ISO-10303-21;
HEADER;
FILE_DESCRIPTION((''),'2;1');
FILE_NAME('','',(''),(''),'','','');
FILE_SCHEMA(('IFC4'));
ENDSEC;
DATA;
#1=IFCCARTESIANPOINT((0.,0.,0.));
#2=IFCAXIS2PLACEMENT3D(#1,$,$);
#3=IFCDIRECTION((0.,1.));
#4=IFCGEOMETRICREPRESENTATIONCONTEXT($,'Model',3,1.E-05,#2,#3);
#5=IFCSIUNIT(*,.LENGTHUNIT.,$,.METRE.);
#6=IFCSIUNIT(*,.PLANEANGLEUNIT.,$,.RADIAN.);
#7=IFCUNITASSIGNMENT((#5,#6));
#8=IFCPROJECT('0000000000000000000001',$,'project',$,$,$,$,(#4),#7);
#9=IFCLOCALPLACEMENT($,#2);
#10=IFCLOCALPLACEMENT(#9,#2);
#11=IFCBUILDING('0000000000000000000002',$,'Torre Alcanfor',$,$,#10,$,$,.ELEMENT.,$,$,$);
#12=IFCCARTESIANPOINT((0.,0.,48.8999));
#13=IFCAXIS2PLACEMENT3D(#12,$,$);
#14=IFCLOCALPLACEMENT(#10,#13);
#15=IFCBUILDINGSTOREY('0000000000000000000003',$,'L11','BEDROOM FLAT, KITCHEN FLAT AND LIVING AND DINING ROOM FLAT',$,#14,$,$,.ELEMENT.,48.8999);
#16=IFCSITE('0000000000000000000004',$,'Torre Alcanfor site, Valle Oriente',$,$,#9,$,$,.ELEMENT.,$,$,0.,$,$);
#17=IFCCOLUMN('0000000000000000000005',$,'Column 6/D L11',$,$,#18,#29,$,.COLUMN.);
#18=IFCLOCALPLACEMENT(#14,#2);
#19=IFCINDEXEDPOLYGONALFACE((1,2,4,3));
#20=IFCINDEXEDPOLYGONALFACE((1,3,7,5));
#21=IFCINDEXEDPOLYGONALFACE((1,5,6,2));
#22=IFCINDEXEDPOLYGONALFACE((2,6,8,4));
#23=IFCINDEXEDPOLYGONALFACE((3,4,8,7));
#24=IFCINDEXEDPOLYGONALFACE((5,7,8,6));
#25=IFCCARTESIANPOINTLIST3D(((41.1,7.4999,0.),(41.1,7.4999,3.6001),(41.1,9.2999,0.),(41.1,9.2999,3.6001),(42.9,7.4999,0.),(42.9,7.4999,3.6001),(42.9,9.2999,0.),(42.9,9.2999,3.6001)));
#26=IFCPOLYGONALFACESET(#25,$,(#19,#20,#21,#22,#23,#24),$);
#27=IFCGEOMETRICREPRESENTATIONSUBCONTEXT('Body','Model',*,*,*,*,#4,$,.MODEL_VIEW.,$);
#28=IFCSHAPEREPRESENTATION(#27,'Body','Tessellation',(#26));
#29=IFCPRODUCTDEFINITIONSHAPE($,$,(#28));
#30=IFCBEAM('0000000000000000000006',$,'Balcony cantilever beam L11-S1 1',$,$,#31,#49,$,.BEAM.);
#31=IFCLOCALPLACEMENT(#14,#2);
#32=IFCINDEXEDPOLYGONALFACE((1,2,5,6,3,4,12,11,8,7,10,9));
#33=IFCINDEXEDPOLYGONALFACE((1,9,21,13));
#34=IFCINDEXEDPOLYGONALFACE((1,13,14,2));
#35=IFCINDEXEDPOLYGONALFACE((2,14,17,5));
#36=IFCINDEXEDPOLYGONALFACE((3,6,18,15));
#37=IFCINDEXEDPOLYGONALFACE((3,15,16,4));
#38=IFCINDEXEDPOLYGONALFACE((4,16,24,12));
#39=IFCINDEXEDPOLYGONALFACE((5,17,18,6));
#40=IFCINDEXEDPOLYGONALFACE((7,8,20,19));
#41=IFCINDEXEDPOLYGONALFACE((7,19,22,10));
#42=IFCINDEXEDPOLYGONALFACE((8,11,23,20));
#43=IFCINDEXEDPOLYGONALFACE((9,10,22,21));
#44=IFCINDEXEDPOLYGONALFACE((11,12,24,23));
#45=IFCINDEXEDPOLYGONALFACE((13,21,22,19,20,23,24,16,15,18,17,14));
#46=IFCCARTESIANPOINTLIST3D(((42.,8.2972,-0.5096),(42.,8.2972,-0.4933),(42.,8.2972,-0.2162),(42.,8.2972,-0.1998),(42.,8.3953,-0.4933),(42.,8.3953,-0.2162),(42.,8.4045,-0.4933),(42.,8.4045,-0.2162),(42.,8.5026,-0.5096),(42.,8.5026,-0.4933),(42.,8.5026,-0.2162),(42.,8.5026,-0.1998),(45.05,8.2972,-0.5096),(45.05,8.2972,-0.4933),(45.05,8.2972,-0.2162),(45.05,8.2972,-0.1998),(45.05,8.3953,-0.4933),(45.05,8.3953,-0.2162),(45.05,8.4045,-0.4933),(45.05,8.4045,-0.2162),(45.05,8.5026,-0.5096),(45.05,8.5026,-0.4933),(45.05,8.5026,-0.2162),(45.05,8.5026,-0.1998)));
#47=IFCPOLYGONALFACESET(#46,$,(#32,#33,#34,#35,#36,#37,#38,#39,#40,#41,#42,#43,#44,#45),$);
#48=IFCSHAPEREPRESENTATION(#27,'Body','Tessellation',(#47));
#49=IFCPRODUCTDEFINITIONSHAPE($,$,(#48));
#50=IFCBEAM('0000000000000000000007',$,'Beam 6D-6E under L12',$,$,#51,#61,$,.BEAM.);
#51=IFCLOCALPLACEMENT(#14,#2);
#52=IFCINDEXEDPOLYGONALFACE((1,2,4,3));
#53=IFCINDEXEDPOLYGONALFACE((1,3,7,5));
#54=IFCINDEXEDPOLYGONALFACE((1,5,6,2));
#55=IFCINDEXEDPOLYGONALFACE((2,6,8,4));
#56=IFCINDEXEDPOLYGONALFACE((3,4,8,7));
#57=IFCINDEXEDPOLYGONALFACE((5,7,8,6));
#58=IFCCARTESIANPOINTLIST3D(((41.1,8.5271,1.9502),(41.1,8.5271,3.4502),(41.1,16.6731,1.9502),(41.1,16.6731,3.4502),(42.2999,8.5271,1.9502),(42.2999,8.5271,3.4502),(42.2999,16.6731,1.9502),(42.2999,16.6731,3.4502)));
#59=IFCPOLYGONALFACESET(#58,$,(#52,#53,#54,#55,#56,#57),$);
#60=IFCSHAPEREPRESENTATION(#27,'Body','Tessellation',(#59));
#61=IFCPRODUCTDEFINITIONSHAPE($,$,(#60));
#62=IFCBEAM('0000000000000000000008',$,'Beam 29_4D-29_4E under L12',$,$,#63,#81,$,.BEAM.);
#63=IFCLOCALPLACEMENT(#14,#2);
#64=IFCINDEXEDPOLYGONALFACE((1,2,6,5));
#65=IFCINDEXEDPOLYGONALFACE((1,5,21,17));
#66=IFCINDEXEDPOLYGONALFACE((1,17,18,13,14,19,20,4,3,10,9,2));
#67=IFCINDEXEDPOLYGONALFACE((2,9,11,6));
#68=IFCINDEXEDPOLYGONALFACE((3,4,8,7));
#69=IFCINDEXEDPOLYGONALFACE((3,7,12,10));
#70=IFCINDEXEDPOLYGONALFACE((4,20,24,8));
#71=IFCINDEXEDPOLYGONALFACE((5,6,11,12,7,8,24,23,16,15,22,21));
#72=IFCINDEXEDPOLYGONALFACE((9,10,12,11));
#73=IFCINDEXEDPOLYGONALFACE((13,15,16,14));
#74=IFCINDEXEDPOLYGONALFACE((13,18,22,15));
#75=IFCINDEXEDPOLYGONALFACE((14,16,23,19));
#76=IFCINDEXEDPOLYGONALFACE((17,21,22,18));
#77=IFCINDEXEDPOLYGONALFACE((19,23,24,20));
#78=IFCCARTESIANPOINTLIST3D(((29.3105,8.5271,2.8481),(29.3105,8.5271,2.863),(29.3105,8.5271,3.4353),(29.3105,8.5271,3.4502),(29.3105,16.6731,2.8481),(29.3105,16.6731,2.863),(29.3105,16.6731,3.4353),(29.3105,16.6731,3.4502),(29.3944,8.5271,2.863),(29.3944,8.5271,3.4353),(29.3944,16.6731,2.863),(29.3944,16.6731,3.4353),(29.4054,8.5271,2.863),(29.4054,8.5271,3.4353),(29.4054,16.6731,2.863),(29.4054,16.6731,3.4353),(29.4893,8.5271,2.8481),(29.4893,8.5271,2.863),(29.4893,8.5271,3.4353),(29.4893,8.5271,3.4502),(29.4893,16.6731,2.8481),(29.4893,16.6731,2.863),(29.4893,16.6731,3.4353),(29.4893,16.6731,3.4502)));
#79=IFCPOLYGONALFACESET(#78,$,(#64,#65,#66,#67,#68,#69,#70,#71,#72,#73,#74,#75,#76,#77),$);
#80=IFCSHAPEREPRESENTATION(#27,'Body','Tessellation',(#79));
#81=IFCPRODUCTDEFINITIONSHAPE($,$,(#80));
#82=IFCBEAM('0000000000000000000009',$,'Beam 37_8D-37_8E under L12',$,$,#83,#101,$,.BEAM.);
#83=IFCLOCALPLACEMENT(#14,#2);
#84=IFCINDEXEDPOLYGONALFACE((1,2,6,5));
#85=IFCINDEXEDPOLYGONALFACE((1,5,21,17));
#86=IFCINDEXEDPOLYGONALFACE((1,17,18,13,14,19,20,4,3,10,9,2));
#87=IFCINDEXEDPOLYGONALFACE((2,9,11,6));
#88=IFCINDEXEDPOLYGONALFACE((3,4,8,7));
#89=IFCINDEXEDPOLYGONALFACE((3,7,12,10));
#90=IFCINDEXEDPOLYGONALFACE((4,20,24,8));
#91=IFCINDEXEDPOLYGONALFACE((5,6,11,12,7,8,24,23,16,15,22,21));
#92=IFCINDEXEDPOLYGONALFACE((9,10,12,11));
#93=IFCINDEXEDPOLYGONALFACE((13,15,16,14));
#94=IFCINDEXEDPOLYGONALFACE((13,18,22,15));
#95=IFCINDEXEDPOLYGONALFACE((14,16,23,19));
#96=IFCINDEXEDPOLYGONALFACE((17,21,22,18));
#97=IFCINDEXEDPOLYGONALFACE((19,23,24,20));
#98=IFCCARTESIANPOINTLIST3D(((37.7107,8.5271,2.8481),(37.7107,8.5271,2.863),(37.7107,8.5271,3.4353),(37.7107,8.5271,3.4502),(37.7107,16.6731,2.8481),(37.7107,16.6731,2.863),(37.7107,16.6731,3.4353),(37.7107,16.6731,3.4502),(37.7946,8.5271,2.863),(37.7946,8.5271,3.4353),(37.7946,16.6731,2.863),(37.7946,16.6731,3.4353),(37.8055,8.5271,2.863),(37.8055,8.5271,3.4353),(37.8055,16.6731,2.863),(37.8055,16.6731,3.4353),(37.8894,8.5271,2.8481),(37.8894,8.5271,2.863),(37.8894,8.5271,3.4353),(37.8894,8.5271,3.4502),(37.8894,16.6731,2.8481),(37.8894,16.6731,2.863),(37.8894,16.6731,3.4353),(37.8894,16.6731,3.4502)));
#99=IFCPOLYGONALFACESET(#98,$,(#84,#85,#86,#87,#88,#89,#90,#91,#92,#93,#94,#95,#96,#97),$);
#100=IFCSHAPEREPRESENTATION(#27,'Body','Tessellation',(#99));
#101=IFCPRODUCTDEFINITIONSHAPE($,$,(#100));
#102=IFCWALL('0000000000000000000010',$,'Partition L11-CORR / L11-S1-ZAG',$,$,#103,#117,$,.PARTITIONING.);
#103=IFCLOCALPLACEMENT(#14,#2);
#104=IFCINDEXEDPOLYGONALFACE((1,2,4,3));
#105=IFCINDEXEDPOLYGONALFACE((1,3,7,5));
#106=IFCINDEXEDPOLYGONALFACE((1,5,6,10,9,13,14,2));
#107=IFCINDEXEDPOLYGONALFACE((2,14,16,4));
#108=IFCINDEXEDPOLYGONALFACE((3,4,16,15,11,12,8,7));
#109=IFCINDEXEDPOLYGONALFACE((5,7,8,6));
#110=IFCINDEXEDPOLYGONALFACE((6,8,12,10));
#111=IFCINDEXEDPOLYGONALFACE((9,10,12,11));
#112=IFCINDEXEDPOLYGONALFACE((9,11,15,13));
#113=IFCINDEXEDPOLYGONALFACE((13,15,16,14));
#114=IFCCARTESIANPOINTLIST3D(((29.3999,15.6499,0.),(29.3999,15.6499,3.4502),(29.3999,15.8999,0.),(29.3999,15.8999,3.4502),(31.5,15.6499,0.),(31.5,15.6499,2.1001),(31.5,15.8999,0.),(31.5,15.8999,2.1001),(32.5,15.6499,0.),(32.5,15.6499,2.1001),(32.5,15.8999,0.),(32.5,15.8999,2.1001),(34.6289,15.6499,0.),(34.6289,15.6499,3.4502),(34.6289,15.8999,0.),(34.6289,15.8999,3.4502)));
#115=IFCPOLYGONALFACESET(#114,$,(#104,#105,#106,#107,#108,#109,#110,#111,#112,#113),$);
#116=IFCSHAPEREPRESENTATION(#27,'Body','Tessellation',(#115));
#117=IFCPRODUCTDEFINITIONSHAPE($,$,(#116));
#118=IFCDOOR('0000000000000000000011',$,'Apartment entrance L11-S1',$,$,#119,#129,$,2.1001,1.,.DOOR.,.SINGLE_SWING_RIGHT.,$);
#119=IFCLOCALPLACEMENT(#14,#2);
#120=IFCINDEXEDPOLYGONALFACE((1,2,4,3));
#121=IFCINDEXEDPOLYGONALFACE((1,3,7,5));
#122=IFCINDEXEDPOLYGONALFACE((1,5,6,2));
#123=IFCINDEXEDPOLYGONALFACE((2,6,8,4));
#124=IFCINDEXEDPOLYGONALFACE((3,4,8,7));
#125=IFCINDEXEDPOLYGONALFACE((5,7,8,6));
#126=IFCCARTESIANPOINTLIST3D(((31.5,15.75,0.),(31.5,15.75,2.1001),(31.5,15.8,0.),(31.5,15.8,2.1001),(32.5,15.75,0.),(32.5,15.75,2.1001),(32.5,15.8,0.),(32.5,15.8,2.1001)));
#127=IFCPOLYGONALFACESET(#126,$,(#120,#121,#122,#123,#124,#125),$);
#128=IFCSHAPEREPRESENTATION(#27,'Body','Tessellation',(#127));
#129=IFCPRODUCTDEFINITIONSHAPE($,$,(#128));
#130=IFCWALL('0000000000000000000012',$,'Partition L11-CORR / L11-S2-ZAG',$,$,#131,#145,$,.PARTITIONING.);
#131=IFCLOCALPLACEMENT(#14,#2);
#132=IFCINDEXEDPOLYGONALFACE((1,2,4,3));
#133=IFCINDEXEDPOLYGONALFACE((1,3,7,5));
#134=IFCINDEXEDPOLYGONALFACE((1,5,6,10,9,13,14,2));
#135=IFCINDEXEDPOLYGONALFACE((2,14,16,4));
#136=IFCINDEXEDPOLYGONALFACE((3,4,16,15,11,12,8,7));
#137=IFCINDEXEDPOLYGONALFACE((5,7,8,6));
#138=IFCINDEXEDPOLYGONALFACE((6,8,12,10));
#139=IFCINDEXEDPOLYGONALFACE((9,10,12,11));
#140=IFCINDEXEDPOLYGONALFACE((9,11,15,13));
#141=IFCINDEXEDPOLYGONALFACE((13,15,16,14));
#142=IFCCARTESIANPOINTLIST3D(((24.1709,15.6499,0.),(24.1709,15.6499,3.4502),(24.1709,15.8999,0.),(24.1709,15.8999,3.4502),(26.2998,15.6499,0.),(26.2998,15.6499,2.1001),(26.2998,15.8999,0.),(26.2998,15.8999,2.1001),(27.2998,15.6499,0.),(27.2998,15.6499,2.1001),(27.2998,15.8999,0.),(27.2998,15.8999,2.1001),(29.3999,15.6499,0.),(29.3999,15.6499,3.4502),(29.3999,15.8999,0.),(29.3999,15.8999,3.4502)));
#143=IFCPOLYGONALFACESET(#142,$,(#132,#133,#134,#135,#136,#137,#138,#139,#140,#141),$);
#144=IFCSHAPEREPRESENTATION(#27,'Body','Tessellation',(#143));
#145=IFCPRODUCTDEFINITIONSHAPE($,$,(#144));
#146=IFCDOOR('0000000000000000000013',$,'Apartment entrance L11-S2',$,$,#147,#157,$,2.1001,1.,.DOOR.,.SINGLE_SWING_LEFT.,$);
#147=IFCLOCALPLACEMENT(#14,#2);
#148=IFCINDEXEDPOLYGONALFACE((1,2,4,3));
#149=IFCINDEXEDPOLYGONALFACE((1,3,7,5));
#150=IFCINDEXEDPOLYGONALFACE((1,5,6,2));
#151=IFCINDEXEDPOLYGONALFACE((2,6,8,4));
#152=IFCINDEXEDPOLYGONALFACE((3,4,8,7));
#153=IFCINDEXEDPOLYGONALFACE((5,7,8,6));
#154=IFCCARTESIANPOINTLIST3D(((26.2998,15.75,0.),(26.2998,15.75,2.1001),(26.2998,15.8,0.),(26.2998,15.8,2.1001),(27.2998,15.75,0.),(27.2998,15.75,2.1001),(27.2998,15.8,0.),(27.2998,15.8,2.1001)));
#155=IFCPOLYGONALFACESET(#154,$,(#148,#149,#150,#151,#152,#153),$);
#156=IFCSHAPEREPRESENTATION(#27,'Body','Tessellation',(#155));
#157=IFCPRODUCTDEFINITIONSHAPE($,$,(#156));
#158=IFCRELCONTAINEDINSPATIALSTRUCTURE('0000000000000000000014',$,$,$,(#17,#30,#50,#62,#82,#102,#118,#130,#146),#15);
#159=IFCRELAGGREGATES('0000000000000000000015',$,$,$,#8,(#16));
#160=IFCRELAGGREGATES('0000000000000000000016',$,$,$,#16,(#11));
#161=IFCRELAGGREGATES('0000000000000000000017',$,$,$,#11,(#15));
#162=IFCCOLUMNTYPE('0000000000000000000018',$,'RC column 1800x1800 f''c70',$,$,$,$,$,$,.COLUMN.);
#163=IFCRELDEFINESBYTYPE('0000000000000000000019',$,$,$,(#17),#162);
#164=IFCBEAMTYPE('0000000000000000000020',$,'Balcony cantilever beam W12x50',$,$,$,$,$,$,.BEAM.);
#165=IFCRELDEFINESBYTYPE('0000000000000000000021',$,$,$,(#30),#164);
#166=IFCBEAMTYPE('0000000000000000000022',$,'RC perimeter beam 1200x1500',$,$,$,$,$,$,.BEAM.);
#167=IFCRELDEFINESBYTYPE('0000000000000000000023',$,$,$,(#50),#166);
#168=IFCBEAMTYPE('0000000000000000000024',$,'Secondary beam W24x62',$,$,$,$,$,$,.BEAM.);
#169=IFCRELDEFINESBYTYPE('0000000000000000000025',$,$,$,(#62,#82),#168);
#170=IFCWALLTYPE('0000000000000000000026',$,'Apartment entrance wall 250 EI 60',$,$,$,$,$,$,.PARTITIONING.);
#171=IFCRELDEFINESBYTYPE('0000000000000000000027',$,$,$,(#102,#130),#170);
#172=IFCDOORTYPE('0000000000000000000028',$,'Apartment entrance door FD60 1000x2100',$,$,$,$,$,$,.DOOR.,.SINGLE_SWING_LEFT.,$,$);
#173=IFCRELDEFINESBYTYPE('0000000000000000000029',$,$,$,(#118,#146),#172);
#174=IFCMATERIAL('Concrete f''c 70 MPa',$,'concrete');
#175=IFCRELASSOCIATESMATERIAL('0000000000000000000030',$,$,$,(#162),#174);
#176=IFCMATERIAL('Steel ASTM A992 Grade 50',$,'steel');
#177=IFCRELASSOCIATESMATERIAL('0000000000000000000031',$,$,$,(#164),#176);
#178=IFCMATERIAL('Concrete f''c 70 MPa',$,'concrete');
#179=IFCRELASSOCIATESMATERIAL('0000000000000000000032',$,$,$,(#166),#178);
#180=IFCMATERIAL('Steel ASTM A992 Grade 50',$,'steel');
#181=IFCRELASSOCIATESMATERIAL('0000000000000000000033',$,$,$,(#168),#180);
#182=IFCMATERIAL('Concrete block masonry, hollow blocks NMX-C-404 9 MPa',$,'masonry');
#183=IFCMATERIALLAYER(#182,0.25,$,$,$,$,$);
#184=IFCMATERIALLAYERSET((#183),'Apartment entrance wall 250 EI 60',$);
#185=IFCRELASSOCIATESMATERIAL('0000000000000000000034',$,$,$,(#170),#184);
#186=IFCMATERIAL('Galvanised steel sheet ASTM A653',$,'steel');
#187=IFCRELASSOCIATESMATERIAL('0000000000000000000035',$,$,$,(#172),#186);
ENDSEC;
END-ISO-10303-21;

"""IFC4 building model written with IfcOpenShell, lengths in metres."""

from ifc_helpers import new_model, si_unit, direction, frame, frame_2d, origin, origin_2d, place, context, subcontext, project, spatial, rectangle, i_section, extrude, material, layer, layer_set, material_profile, profile_set, type_object, element, fill, save


model = new_model("IFC4")

# Units and contexts
model_context = context("Model", 3, precision=1e-05, world=origin(), true_north=direction((0.0, 1.0)))
body_context = subcontext(model_context, "Body", "Model", "MODEL_VIEW")
ifc_project = project(units=[si_unit("LENGTHUNIT", "METRE"), si_unit("PLANEANGLEUNIT", "RADIAN")], contexts=[model_context])

# Site, building, storey
site_placement = place(None, origin())
site = spatial("IfcSite", under=ifc_project, at=site_placement, Name="Torre Alcanfor site, Valle Oriente", CompositionType="ELEMENT", RefElevation=0.0)
building_placement = place(site_placement, origin())
building = spatial("IfcBuilding", under=site, at=building_placement, Name="Torre Alcanfor", CompositionType="ELEMENT")
storey_placement = place(building_placement, frame((0.0, 0.0, 48.8999)))
storey = spatial("IfcBuildingStorey", under=building, at=storey_placement, Name="L11", Description="BEDROOM FLAT, KITCHEN FLAT AND LIVING AND DINING ROOM FLAT", CompositionType="ELEMENT", Elevation=48.8999)

# Column
ifc_material_1 = material(Name="Concrete f'c 70 MPa", Category="concrete")
ifc_material_profile_1 = material_profile(ifc_material_1, rectangle(XDim=1.8, YDim=1.8, at=origin_2d()), Name="1800x1800")
ifc_profile_set_1 = profile_set([ifc_material_profile_1], Name="Concrete f'c 70 MPa")
column_type = type_object("IfcColumnType", Name="RC column 1800x1800 f'c70", PredefinedType="COLUMN", material=ifc_profile_set_1)
column_placement = place(storey_placement, frame((42.0, 8.3999, 0.0), z_axis=(0.0, 0.0, 1.0), x_axis=(1.0, 0.0, 0.0)))
element("IfcColumn", 1, at=column_placement, inside=storey, type_object=column_type, Name="Column 6/D L11", PredefinedType="COLUMN", context=body_context, shape_type="SweptSolid", body=[
    extrude(rectangle(XDim=1.8, YDim=1.8, at=origin_2d()), origin(), (0.0, 0.0, 1.0), 3.6001),
])

# Beams
ifc_material_2 = material(Name="Steel ASTM A992 Grade 50", Category="steel")
ifc_material_profile_2 = material_profile(ifc_material_2, i_section(OverallWidth=0.2053, OverallDepth=0.3098, WebThickness=0.0093, FlangeThickness=0.0164, at=origin_2d()), Name="W12x50")
ifc_profile_set_2 = profile_set([ifc_material_profile_2], Name="Steel ASTM A992 Grade 50")
beam_type_1 = type_object("IfcBeamType", Name="Balcony cantilever beam W12x50", PredefinedType="BEAM", material=ifc_profile_set_2)
beam_1_placement = place(storey_placement, frame((42.0, 8.3999, -0.3547), z_axis=(1.0, 0.0, 0.0), x_axis=(0.0, 1.0, 0.0)))
element("IfcBeam", 2, at=beam_1_placement, inside=storey, type_object=beam_type_1, Name="Balcony cantilever beam L11-S1 1", PredefinedType="BEAM", context=body_context, shape_type="SweptSolid", body=[
    extrude(i_section(OverallWidth=0.2053, OverallDepth=0.3098, WebThickness=0.0093, FlangeThickness=0.0164, at=origin_2d()), origin(), (0.0, 0.0, 1.0), 3.05),
])
ifc_material_3 = material(Name="Concrete f'c 70 MPa", Category="concrete")
ifc_material_profile_3 = material_profile(ifc_material_3, rectangle(XDim=1.2, YDim=1.5, at=origin_2d()), Name="1200x1500")
ifc_profile_set_3 = profile_set([ifc_material_profile_3], Name="Concrete f'c 70 MPa")
beam_type_2 = type_object("IfcBeamType", Name="RC perimeter beam 1200x1500", PredefinedType="BEAM", material=ifc_profile_set_3)
beam_2_placement = place(storey_placement, frame((41.7, 8.5271, 2.7002), z_axis=(0.0, 1.0, 0.0), x_axis=(-1.0, 0.0, 0.0)))
element("IfcBeam", 3, at=beam_2_placement, inside=storey, type_object=beam_type_2, Name="Beam 6D-6E under L12", PredefinedType="BEAM", context=body_context, shape_type="SweptSolid", body=[
    extrude(rectangle(XDim=1.2, YDim=1.5, at=origin_2d()), origin(), (0.0, 0.0, 1.0), 8.146),
])
ifc_material_4 = material(Name="Steel ASTM A992 Grade 50", Category="steel")
ifc_material_profile_4 = material_profile(ifc_material_4, i_section(OverallWidth=0.1787, OverallDepth=0.6021, WebThickness=0.011, FlangeThickness=0.0149, at=origin_2d()), Name="W24x62")
ifc_profile_set_4 = profile_set([ifc_material_profile_4], Name="Steel ASTM A992 Grade 50")
beam_type_3 = type_object("IfcBeamType", Name="Secondary beam W24x62", PredefinedType="BEAM", material=ifc_profile_set_4)
for number, where, z_axis, x_axis, name in (
    (4, (29.3999, 8.5271, 3.1492), (0.0, 1.0, 0.0), (-1.0, 0.0, 0.0), "Beam 29_4D-29_4E under L12"),
    (5, (37.8, 8.5271, 3.1492), (0.0, 1.0, 0.0), (-1.0, 0.0, 0.0), "Beam 37_8D-37_8E under L12"),
):
    element("IfcBeam", number, at=place(storey_placement, frame(where, z_axis=z_axis, x_axis=x_axis)), inside=storey, type_object=beam_type_3, Name=name, PredefinedType="BEAM", context=body_context, shape_type="SweptSolid", body=[
        extrude(i_section(OverallWidth=0.1787, OverallDepth=0.6021, WebThickness=0.011, FlangeThickness=0.0149, at=origin_2d()), origin(), (0.0, 0.0, 1.0), 8.146),
    ])

# Walls, openings, doors
ifc_material_5 = material(Name="Concrete block masonry, hollow blocks NMX-C-404 9 MPa", Category="masonry")
ifc_layer_1 = layer(ifc_material_5, 0.25)
ifc_layer_set_1 = layer_set([ifc_layer_1], Name="Apartment entrance wall 250 EI 60")
wall_type_1 = type_object("IfcWallType", Name="Apartment entrance wall 250 EI 60", PredefinedType="PARTITIONING", material=ifc_layer_set_1)
wall_1_placement = place(storey_placement, frame((34.6289, 15.7749, 0.0), z_axis=(0.0, 0.0, 1.0), x_axis=(-1.0, 0.0, 0.0)))
wall_1 = element("IfcWall", 6, at=wall_1_placement, inside=storey, type_object=wall_type_1, Name="Partition L11-CORR / L11-S1-ZAG", PredefinedType="PARTITIONING", context=body_context, shape_type="SweptSolid", body=[
    extrude(rectangle(XDim=5.229, YDim=0.25, at=frame_2d((2.6145, 0.0))), origin(), (0.0, 0.0, 1.0), 3.4502),
])
opening_1_placement = place(wall_1_placement, frame((2.1289, 0.0, 0.0)))
opening_1 = element("IfcOpeningElement", 7, at=opening_1_placement, cuts=wall_1, PredefinedType="OPENING", context=body_context, shape_type="SweptSolid", body=[
    extrude(rectangle(XDim=1.0, YDim=2.1001, at=frame_2d((0.5, 1.05))), frame((0.0, 0.135, 0.0), z_axis=(0.0, -1.0, 0.0), x_axis=(1.0, 0.0, 0.0)), (0.0, 0.0, 1.0), 0.27),
])
ifc_material_6 = material(Name="Galvanised steel sheet ASTM A653", Category="steel")
door_type_1 = type_object("IfcDoorType", Name="Apartment entrance door FD60 1000x2100", OperationType="SINGLE_SWING_LEFT", PredefinedType="DOOR", material=ifc_material_6)
door_1_placement = place(opening_1_placement, origin())
door_1 = element("IfcDoor", 8, at=door_1_placement, inside=storey, type_object=door_type_1, Name="Apartment entrance L11-S1", OperationType="SINGLE_SWING_RIGHT", OverallHeight=2.1001, OverallWidth=1.0, PredefinedType="DOOR", context=body_context, shape_type="SweptSolid", body=[
    extrude(rectangle(XDim=1.0, YDim=2.1001, at=frame_2d((0.5, 1.05))), frame((0.0, 0.0249, 0.0), z_axis=(0.0, -1.0, 0.0), x_axis=(1.0, 0.0, 0.0)), (0.0, 0.0, 1.0), 0.05),
])
fill(opening_1, door_1)
wall_2_placement = place(storey_placement, frame((29.3999, 15.7749, 0.0), z_axis=(0.0, 0.0, 1.0), x_axis=(-1.0, 0.0, 0.0)))
wall_2 = element("IfcWall", 9, at=wall_2_placement, inside=storey, type_object=wall_type_1, Name="Partition L11-CORR / L11-S2-ZAG", PredefinedType="PARTITIONING", context=body_context, shape_type="SweptSolid", body=[
    extrude(rectangle(XDim=5.229, YDim=0.25, at=frame_2d((2.6145, 0.0))), origin(), (0.0, 0.0, 1.0), 3.4502),
])
opening_2_placement = place(wall_2_placement, frame((2.1001, 0.0, 0.0)))
opening_2 = element("IfcOpeningElement", 10, at=opening_2_placement, cuts=wall_2, PredefinedType="OPENING", context=body_context, shape_type="SweptSolid", body=[
    extrude(rectangle(XDim=1.0, YDim=2.1001, at=frame_2d((0.5, 1.05))), frame((0.0, 0.135, 0.0), z_axis=(0.0, -1.0, 0.0), x_axis=(1.0, 0.0, 0.0)), (0.0, 0.0, 1.0), 0.27),
])
door_2_placement = place(opening_2_placement, origin())
door_2 = element("IfcDoor", 11, at=door_2_placement, inside=storey, type_object=door_type_1, Name="Apartment entrance L11-S2", OperationType="SINGLE_SWING_LEFT", OverallHeight=2.1001, OverallWidth=1.0, PredefinedType="DOOR", context=body_context, shape_type="SweptSolid", body=[
    extrude(rectangle(XDim=1.0, YDim=2.1001, at=frame_2d((0.5, 1.05))), frame((0.0, 0.0249, 0.0), z_axis=(0.0, -1.0, 0.0), x_axis=(1.0, 0.0, 0.0)), (0.0, 0.0, 1.0), 0.05),
])
fill(opening_2, door_2)

save(model, "model.ifc")
